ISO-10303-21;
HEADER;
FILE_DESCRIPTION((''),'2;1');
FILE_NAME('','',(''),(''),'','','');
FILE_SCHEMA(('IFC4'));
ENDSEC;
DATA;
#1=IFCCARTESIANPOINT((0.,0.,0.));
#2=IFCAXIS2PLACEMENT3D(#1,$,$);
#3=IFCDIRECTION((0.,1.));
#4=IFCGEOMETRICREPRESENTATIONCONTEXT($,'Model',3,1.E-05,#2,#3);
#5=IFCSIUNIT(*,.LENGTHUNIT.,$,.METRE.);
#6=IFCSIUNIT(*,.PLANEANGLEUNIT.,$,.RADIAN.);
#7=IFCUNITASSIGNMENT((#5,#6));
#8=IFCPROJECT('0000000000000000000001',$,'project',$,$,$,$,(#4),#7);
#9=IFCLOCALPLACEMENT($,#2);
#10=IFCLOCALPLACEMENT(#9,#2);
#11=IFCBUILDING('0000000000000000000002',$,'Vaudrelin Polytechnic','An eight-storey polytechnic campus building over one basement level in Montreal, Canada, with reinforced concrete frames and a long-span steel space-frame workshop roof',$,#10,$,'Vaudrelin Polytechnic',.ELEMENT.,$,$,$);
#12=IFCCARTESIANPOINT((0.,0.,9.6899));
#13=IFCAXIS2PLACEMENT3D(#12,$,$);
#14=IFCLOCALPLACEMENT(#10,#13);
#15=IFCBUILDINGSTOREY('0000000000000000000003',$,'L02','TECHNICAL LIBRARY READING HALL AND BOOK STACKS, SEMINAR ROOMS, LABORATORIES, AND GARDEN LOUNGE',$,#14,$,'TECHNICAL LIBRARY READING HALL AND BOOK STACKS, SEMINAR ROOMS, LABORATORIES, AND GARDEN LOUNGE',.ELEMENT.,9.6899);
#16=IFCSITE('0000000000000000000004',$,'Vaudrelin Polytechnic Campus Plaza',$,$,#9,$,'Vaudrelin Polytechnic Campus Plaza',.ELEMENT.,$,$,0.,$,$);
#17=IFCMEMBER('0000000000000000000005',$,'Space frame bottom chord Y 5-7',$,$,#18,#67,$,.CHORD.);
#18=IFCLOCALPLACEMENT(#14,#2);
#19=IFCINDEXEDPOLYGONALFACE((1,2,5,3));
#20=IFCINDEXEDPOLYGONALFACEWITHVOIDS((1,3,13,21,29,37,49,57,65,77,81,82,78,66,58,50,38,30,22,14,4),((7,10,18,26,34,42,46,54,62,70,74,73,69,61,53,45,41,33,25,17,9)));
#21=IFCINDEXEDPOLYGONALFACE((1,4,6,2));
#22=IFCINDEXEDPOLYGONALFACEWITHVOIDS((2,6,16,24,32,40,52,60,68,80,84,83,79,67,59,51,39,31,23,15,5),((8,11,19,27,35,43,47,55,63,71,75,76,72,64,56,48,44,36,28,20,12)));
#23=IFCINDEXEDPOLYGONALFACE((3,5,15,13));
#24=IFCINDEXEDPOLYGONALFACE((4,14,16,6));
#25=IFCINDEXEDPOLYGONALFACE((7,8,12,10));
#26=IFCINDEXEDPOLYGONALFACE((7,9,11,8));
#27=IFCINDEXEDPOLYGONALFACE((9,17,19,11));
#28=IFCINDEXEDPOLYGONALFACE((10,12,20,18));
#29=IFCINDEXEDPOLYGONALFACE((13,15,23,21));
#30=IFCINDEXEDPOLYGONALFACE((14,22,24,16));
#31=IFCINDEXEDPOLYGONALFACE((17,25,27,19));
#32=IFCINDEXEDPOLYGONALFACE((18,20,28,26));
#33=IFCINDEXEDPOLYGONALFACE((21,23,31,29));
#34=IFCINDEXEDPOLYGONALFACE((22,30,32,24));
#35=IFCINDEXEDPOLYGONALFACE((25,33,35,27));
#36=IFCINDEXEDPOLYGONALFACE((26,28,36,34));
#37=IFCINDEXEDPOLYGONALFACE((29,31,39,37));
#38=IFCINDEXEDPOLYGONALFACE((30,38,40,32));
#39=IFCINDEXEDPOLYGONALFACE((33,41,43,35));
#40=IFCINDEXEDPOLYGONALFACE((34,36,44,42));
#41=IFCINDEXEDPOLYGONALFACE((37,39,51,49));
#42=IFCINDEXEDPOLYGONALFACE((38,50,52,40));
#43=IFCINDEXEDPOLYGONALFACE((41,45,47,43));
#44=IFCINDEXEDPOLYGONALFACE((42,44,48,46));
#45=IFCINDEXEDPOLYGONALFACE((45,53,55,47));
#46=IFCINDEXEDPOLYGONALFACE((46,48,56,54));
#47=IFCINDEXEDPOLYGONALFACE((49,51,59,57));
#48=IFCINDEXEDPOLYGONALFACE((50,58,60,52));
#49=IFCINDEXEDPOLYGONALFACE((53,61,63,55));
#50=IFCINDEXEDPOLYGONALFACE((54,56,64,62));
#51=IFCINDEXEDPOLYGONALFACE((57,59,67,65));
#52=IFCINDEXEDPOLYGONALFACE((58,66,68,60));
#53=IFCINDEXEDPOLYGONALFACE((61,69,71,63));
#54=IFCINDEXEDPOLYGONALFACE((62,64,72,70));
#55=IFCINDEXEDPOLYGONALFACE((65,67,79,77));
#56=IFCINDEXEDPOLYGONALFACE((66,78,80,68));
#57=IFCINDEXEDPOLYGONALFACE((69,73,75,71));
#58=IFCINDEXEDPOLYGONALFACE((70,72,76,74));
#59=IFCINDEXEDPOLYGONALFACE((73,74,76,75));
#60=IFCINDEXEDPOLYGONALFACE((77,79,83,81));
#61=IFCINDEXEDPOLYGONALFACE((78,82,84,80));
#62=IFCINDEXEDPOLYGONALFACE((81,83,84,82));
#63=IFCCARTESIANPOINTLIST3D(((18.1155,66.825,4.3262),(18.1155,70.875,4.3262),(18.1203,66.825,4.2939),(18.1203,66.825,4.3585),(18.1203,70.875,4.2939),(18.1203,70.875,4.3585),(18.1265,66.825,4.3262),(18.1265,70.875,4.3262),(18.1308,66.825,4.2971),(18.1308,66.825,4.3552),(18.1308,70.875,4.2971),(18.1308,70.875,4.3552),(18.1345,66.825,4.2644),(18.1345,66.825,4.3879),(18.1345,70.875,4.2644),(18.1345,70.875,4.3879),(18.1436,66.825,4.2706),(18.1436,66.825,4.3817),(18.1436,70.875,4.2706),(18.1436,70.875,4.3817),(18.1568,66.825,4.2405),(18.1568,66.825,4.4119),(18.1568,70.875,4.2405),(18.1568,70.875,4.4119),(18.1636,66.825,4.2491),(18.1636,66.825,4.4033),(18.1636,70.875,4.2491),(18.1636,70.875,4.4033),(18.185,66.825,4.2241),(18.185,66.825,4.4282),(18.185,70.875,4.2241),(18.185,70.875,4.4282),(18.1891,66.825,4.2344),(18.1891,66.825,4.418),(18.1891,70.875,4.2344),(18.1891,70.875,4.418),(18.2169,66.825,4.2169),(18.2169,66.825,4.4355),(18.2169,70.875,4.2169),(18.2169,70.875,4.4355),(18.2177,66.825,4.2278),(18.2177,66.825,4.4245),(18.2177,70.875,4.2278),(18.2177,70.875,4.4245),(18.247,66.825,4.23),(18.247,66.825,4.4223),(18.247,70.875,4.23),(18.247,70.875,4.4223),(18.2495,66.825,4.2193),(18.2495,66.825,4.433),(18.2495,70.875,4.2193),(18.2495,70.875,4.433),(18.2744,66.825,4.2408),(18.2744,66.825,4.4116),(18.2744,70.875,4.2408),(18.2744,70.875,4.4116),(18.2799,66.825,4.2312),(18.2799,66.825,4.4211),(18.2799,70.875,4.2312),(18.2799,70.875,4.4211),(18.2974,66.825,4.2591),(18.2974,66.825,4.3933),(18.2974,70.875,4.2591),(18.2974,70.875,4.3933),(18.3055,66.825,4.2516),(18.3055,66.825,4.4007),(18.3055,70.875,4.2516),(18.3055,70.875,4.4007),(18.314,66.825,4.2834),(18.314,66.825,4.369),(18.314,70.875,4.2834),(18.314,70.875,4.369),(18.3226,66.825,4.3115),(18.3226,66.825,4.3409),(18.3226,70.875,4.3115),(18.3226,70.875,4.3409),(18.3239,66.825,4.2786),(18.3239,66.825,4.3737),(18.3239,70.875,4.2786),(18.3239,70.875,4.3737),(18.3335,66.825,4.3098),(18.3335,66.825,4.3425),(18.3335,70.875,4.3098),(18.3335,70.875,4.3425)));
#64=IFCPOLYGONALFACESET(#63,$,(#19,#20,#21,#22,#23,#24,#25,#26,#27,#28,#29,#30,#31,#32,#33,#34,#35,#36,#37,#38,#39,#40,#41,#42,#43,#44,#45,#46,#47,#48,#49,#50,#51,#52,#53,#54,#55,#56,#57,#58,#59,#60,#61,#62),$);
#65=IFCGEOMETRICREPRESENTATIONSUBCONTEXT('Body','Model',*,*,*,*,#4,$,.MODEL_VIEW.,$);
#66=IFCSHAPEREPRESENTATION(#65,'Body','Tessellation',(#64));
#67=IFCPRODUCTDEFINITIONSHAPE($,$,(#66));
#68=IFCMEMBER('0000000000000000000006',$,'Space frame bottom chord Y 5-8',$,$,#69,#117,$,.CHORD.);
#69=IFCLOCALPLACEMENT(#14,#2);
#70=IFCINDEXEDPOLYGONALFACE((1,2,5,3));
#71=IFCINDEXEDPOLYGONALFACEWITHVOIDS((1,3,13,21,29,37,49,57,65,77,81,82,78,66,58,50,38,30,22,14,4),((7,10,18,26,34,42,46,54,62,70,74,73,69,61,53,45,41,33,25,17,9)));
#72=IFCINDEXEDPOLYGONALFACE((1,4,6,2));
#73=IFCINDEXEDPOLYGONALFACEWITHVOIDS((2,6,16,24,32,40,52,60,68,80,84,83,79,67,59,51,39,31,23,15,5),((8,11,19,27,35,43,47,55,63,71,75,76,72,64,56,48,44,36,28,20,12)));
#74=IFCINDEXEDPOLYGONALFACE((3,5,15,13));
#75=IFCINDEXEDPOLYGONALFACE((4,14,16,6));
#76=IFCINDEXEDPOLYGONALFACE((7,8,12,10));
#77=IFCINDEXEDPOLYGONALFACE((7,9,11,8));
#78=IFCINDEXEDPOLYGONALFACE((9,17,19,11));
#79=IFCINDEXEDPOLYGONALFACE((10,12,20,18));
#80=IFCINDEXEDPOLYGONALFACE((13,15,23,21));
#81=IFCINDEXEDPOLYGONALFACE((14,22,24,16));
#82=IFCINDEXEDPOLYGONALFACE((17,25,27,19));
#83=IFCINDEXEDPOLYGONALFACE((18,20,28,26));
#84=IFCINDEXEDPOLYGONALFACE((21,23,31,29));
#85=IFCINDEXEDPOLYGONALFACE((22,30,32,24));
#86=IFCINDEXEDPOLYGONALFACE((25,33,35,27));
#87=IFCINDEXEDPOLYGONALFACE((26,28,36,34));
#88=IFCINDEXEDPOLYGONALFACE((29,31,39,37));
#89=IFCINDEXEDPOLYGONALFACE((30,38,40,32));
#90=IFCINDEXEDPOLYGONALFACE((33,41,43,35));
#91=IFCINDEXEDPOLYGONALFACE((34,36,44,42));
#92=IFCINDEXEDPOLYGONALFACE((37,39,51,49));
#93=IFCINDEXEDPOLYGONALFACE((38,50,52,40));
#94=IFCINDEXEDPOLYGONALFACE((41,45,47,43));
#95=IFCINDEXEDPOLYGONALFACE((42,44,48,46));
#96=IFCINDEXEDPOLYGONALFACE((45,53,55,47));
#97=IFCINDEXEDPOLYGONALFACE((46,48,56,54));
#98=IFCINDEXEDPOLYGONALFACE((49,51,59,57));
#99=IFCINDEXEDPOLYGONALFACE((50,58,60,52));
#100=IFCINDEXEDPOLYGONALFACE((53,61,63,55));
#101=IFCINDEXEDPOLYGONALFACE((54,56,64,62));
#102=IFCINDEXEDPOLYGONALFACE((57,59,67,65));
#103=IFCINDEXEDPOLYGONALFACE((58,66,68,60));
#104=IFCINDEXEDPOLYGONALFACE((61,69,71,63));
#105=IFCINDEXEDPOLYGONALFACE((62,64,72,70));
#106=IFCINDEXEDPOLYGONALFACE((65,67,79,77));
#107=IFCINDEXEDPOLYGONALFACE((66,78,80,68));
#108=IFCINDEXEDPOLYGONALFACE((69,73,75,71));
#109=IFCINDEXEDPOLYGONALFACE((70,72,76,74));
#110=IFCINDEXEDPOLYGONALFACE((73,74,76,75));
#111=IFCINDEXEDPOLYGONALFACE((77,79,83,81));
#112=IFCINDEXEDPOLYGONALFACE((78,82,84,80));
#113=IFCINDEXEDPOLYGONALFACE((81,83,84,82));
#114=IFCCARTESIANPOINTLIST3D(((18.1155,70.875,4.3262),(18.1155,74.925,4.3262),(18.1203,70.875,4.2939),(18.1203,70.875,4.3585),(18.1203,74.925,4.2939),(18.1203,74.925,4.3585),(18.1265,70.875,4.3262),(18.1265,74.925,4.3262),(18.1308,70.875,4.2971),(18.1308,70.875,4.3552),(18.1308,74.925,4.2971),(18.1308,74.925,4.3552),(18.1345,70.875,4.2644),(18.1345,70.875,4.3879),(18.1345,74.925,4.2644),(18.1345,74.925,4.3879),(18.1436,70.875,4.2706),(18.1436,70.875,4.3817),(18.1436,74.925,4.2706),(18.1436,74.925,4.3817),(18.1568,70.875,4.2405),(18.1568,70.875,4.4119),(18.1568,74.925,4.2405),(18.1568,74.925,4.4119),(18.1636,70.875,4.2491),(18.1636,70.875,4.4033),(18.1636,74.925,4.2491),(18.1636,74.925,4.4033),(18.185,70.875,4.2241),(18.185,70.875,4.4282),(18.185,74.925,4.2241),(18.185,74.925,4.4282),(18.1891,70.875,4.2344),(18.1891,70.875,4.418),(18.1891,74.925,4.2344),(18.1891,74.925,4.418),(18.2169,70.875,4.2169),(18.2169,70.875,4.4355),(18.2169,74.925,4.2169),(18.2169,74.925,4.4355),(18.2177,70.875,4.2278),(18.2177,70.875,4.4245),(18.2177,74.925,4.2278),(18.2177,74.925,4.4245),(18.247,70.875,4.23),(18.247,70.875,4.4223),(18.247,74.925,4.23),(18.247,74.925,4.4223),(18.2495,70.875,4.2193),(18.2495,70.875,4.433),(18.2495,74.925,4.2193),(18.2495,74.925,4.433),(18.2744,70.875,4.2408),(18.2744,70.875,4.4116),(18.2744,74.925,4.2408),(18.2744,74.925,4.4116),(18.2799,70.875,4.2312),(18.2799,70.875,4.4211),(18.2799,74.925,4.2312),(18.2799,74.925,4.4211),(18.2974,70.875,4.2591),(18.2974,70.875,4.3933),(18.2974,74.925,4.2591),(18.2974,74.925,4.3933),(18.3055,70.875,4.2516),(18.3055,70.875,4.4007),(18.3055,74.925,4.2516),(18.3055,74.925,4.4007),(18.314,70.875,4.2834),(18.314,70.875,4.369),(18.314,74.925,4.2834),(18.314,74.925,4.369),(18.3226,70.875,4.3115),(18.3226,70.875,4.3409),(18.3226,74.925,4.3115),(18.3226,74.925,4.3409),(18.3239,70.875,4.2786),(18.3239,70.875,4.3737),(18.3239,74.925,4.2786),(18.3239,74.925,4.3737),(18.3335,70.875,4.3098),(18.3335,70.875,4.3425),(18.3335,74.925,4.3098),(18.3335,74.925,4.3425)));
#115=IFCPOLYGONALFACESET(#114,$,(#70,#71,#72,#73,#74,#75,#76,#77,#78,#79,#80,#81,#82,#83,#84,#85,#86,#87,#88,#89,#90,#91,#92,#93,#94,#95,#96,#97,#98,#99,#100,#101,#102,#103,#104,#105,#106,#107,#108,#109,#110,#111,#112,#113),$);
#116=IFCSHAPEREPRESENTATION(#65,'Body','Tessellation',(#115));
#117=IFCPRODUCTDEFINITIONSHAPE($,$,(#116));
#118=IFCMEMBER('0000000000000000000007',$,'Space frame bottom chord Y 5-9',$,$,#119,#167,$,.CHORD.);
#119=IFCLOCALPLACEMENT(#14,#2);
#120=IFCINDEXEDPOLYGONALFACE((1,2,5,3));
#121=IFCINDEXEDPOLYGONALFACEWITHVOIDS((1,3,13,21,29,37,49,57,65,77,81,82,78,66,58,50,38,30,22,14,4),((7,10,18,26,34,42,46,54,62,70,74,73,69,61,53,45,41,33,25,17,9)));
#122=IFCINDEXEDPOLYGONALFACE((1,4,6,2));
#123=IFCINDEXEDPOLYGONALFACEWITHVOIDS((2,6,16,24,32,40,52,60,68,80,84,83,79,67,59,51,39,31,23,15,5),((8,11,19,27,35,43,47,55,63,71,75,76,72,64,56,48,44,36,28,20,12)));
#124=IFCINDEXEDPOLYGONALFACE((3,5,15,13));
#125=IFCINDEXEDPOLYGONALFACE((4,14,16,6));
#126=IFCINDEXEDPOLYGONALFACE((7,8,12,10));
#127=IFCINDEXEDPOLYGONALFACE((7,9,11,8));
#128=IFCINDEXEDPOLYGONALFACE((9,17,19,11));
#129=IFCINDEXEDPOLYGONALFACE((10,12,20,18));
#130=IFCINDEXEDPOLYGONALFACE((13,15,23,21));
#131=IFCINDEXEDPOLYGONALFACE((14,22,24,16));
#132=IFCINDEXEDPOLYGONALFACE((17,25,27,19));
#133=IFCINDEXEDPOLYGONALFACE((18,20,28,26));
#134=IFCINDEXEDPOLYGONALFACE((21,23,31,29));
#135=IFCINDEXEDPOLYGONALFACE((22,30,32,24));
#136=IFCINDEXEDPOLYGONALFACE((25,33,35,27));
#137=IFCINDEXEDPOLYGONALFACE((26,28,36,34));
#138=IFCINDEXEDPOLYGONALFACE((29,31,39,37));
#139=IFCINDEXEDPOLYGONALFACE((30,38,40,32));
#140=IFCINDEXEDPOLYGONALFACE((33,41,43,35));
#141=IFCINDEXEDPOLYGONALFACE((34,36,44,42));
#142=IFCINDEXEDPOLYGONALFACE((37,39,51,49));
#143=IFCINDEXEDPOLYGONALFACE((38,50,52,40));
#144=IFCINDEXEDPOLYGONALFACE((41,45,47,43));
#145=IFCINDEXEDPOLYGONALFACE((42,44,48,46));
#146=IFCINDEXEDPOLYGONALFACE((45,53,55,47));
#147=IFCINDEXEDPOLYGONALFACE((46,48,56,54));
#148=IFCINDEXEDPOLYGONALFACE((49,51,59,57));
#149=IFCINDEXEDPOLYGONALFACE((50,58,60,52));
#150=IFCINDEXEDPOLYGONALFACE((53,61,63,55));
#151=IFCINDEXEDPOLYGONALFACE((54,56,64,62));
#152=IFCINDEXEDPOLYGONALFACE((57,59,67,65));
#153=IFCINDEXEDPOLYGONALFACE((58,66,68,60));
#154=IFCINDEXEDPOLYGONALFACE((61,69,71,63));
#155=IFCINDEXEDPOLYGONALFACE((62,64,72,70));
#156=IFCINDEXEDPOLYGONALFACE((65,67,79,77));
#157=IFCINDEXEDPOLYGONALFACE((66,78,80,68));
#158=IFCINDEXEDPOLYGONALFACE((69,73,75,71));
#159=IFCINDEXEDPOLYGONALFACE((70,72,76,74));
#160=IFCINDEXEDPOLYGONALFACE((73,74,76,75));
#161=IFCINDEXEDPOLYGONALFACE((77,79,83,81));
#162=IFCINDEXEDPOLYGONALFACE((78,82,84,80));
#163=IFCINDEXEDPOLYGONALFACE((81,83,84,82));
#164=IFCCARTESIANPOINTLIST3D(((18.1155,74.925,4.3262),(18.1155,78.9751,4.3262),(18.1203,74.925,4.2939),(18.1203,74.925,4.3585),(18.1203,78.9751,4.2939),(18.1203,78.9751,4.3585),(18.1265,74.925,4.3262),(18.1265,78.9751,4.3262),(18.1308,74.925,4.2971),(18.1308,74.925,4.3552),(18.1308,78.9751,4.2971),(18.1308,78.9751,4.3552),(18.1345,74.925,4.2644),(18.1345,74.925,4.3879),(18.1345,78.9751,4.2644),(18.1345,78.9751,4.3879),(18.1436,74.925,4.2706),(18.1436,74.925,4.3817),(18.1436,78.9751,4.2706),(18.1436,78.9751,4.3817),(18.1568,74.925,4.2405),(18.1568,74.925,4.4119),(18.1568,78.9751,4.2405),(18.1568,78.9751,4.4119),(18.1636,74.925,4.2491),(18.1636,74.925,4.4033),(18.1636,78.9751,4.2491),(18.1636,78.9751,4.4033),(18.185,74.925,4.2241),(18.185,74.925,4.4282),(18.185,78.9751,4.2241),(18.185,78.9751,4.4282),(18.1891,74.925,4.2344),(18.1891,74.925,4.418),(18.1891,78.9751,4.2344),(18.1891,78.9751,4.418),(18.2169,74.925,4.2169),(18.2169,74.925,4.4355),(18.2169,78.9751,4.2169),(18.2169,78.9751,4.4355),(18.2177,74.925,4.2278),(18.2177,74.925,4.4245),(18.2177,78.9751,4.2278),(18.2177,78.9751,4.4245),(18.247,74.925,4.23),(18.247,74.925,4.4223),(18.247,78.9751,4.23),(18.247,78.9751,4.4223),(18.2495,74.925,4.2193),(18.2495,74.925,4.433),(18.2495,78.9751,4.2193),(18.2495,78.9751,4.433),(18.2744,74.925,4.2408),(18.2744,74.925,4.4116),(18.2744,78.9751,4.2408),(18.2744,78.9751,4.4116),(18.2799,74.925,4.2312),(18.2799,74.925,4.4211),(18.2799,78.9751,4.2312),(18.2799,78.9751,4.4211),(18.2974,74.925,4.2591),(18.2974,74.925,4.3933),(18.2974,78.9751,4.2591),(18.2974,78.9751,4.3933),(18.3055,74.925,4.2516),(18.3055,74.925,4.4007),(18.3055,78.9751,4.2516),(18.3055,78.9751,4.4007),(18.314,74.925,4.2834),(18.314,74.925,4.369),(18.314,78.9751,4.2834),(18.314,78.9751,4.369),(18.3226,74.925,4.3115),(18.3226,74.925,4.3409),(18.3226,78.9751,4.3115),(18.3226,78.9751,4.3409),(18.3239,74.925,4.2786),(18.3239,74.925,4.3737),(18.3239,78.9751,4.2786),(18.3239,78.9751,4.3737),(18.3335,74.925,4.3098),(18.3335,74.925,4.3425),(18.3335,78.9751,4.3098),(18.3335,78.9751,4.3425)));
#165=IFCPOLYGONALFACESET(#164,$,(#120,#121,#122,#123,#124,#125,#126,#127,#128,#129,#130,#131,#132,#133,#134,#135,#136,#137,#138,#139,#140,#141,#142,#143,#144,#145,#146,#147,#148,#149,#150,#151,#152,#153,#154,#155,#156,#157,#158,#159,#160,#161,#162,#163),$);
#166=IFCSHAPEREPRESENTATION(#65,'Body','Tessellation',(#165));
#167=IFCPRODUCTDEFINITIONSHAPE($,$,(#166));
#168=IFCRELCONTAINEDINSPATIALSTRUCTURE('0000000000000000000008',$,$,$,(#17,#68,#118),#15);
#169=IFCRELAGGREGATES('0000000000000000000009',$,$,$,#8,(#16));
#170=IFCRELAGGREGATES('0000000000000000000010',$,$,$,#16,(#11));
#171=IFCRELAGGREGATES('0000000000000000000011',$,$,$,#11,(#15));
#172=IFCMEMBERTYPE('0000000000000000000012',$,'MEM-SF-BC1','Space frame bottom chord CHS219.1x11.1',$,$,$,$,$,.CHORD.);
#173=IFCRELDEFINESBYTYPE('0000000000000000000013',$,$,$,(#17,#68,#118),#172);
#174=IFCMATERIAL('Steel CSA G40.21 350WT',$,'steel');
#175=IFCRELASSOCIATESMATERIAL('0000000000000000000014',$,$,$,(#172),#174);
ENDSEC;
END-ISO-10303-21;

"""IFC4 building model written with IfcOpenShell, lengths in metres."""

from ifc_helpers import new_model, si_unit, direction, frame, origin, origin_2d, place, context, subcontext, project, spatial, hollow_circle, extrude, material, material_profile, profile_set, type_object, element, save


model = new_model("IFC4")

# Units and contexts
model_context = context("Model", 3, precision=1e-05, world=origin(), true_north=direction((0.0, 1.0)))
body_context = subcontext(model_context, "Body", "Model", "MODEL_VIEW")
ifc_project = project(units=[si_unit("LENGTHUNIT", "METRE"), si_unit("PLANEANGLEUNIT", "RADIAN")], contexts=[model_context])

# Site, building, storey
site_placement = place(None, origin())
site = spatial("IfcSite", under=ifc_project, at=site_placement, Name="Vaudrelin Polytechnic Campus Plaza", LongName="Vaudrelin Polytechnic Campus Plaza", CompositionType="ELEMENT", RefElevation=0.0)
building_placement = place(site_placement, origin())
building = spatial("IfcBuilding", under=site, at=building_placement, Name="Vaudrelin Polytechnic", Description="An eight-storey polytechnic campus building over one basement level in Montreal, Canada, with reinforced concrete frames and a long-span steel space-frame workshop roof", LongName="Vaudrelin Polytechnic", CompositionType="ELEMENT")
storey_placement = place(building_placement, frame((0.0, 0.0, 9.6899)))
storey = spatial("IfcBuildingStorey", under=building, at=storey_placement, Name="L02", Description="TECHNICAL LIBRARY READING HALL AND BOOK STACKS, SEMINAR ROOMS, LABORATORIES, AND GARDEN LOUNGE", LongName="TECHNICAL LIBRARY READING HALL AND BOOK STACKS, SEMINAR ROOMS, LABORATORIES, AND GARDEN LOUNGE", CompositionType="ELEMENT", Elevation=9.6899)

# Shared definitions
ifc_material_1 = material(Name="Steel CSA G40.21 350WT", Category="steel")

# Members
ifc_material_profile_1 = material_profile(ifc_material_1, hollow_circle(Radius=0.1096, WallThickness=0.011, at=origin_2d()), Name="CHS219.1x11.1")
ifc_profile_set_1 = profile_set([ifc_material_profile_1], Name="Steel CSA G40.21 350WT")
member_type_1 = type_object("IfcMemberType", Name="MEM-SF-BC1", Description="Space frame bottom chord CHS219.1x11.1", PredefinedType="CHORD", material=ifc_profile_set_1)
for number, where, z_axis, x_axis, name in (
    (1, (18.2251, 66.825, 4.3262), (0.0, 1.0, 0.0), (-1.0, 0.0, 0.0), "Space frame bottom chord Y 5-7"),
    (2, (18.2251, 70.875, 4.3262), (0.0, 1.0, 0.0), (-1.0, 0.0, 0.0), "Space frame bottom chord Y 5-8"),
    (3, (18.2251, 74.925, 4.3262), (0.0, 1.0, 0.0), (-1.0, 0.0, 0.0), "Space frame bottom chord Y 5-9"),
):
    element("IfcMember", number, at=place(storey_placement, frame(where, z_axis=z_axis, x_axis=x_axis)), inside=storey, type_object=member_type_1, Name=name, PredefinedType="CHORD", context=body_context, shape_type="SweptSolid", body=[
        extrude(hollow_circle(Radius=0.1096, WallThickness=0.011, at=origin_2d()), origin(), (0.0, 0.0, 1.0), 4.05),
    ])

save(model, "model.ifc")
